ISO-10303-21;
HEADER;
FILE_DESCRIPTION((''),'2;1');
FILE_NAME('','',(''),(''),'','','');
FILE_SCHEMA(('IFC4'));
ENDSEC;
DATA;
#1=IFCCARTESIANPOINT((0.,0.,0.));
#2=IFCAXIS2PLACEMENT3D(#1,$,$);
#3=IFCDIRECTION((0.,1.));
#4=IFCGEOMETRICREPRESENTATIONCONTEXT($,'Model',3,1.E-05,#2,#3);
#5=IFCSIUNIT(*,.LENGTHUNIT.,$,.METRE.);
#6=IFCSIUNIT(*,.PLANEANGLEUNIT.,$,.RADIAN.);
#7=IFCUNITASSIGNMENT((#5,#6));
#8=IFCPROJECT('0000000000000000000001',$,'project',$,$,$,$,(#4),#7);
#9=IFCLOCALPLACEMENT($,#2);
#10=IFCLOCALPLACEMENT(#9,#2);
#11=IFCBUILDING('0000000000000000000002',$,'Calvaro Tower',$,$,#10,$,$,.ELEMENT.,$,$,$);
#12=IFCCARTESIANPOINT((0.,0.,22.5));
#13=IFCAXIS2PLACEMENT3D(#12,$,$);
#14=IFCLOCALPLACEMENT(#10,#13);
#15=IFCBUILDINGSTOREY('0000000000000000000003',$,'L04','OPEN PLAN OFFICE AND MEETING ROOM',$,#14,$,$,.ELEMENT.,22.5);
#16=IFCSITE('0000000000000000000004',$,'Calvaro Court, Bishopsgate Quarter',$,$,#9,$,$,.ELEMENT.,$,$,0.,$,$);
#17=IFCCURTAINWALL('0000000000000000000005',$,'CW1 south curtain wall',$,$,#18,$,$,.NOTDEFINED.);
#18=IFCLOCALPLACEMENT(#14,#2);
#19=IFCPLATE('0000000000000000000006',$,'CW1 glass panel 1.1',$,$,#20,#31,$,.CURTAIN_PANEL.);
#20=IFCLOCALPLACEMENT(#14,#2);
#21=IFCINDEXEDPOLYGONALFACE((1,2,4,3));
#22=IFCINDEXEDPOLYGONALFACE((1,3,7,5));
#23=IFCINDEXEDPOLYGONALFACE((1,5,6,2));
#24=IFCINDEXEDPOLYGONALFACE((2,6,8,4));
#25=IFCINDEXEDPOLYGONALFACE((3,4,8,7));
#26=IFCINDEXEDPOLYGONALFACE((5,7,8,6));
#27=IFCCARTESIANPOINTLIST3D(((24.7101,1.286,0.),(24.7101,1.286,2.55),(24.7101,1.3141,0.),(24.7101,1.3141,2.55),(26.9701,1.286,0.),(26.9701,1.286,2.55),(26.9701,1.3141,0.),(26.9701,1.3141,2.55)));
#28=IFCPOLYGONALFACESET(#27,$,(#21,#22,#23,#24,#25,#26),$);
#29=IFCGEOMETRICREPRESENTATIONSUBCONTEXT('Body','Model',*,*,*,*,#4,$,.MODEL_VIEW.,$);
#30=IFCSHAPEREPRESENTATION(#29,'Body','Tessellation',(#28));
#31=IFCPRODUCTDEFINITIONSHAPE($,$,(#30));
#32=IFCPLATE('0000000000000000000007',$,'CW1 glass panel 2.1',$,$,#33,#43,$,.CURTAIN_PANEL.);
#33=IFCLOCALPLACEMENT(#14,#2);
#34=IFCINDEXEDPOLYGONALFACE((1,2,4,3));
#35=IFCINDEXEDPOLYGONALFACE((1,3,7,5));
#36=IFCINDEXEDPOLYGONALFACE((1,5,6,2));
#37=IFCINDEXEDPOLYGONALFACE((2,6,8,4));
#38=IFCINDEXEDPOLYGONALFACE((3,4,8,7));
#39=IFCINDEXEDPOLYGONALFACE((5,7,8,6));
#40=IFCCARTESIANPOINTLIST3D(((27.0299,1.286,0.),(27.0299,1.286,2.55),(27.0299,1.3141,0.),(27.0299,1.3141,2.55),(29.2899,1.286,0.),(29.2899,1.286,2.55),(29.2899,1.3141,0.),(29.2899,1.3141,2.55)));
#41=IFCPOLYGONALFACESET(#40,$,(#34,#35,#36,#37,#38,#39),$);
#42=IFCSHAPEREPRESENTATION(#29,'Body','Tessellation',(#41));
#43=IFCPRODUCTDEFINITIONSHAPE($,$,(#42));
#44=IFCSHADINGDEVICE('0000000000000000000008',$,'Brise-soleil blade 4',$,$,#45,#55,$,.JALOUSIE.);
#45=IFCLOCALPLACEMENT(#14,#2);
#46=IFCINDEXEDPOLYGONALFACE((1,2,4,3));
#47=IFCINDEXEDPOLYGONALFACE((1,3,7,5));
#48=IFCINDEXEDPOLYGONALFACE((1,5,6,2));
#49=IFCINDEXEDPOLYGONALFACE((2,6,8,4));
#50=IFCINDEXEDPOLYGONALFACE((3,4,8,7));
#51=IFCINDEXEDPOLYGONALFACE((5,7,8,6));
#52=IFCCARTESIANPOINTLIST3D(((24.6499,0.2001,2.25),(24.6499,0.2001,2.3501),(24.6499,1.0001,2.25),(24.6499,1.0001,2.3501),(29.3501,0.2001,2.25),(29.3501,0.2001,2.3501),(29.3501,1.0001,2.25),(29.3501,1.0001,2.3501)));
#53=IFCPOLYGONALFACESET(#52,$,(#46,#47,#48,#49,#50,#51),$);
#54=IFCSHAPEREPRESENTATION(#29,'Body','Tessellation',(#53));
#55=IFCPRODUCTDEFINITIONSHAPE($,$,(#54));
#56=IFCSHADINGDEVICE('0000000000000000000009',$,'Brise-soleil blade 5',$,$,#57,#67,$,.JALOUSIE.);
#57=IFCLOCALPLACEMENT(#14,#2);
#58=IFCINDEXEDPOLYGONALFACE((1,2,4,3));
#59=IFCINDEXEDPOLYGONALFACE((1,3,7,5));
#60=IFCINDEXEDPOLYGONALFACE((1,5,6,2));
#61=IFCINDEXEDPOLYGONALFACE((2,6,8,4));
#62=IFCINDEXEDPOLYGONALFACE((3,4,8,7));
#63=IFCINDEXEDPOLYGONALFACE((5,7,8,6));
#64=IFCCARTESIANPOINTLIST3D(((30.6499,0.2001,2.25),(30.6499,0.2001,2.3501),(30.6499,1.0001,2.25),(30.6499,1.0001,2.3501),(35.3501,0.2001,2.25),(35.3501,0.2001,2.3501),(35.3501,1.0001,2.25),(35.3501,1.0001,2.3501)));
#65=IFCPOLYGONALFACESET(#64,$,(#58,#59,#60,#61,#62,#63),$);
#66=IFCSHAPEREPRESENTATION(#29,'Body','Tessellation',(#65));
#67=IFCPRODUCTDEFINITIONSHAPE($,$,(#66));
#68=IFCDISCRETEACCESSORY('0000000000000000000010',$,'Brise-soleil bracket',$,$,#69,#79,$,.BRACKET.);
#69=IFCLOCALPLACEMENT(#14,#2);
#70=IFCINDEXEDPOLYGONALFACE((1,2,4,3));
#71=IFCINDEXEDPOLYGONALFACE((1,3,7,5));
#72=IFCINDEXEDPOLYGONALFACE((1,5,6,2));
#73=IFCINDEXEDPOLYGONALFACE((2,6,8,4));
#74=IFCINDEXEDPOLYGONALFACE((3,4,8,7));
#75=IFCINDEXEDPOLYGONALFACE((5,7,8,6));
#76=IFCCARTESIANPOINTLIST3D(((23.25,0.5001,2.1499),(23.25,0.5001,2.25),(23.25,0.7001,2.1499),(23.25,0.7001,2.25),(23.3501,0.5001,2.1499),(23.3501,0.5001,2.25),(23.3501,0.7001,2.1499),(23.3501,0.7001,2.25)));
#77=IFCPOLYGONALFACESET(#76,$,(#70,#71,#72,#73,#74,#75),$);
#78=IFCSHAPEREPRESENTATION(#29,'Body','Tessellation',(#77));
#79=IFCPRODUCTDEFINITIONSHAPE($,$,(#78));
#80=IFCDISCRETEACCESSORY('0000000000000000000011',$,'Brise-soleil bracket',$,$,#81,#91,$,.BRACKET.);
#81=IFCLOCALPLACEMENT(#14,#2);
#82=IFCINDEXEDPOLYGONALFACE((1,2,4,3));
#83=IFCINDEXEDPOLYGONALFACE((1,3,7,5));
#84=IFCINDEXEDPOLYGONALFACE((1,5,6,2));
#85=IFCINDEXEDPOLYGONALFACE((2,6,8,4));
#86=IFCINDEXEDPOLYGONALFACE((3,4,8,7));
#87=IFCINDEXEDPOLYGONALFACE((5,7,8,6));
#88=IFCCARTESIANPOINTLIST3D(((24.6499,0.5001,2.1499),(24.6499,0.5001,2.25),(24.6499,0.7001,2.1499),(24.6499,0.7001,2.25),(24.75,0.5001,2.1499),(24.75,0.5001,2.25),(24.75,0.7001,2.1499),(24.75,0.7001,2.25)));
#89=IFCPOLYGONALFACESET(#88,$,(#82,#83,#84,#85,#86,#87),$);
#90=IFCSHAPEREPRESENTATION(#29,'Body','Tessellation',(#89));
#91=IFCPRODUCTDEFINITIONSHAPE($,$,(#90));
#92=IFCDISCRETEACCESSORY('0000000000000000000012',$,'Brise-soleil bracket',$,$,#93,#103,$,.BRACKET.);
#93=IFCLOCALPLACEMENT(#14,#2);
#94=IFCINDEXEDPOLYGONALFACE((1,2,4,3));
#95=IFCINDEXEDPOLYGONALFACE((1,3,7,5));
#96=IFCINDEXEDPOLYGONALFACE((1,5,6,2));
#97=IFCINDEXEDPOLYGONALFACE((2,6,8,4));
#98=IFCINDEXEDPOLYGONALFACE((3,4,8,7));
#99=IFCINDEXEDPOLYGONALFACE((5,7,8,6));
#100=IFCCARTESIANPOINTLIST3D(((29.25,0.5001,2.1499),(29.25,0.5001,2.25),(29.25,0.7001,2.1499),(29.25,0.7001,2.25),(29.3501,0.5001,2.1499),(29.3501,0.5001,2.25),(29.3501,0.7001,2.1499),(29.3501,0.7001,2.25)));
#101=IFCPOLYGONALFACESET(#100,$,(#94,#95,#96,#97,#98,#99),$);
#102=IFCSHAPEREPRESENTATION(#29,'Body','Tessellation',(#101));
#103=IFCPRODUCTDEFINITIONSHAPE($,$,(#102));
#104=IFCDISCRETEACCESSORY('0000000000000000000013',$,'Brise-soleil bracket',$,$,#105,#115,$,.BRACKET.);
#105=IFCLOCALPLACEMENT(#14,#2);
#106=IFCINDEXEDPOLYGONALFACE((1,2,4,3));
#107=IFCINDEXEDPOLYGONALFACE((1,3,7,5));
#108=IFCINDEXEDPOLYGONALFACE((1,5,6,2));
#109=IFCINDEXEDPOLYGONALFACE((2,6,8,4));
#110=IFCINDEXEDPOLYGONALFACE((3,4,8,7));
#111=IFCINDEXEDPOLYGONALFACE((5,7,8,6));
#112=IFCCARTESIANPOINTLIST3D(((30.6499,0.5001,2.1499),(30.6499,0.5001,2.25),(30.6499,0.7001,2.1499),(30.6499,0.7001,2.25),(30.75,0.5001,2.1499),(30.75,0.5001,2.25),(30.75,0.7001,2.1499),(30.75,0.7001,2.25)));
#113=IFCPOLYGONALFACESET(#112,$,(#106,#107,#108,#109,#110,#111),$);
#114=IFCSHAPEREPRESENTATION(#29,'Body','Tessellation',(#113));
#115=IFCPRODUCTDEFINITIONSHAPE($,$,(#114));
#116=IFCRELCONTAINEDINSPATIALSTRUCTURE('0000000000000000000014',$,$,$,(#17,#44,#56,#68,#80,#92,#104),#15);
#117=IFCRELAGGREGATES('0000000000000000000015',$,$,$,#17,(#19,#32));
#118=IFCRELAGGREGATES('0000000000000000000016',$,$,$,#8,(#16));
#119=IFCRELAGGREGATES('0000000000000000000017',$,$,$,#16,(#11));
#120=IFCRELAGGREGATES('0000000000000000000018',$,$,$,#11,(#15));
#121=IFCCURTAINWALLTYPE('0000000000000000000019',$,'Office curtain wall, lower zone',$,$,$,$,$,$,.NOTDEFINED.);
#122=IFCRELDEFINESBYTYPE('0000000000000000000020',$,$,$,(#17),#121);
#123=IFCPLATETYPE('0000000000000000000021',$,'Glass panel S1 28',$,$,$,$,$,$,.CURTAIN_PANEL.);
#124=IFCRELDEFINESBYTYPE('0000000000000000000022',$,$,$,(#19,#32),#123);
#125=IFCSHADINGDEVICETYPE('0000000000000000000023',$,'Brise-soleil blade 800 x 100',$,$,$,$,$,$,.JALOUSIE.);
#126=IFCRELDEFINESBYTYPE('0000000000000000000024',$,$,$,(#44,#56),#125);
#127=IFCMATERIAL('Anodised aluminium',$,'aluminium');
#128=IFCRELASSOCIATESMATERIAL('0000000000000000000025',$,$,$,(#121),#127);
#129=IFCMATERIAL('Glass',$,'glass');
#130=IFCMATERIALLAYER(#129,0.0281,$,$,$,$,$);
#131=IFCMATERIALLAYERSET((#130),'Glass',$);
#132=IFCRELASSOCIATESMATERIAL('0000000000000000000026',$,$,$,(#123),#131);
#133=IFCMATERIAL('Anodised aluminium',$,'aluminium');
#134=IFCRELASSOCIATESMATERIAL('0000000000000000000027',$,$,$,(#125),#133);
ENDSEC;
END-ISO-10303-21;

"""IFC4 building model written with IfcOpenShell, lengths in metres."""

from ifc_helpers import new_model, si_unit, direction, frame, origin, origin_2d, place, context, subcontext, project, spatial, rectangle, extrude, material, layer, layer_set, material_profile, profile_set, type_object, element, aggregate, save


model = new_model("IFC4")

# Units and contexts
model_context = context("Model", 3, precision=1e-05, world=origin(), true_north=direction((0.0, 1.0)))
body_context = subcontext(model_context, "Body", "Model", "MODEL_VIEW")
ifc_project = project(units=[si_unit("LENGTHUNIT", "METRE"), si_unit("PLANEANGLEUNIT", "RADIAN")], contexts=[model_context])

# Site, building, storey
site_placement = place(None, origin())
site = spatial("IfcSite", under=ifc_project, at=site_placement, Name="Calvaro Court, Bishopsgate Quarter", CompositionType="ELEMENT", RefElevation=0.0)
building_placement = place(site_placement, origin())
building = spatial("IfcBuilding", under=site, at=building_placement, Name="Calvaro Tower", CompositionType="ELEMENT")
storey_placement = place(building_placement, frame((0.0, 0.0, 22.5)))
storey = spatial("IfcBuildingStorey", under=building, at=storey_placement, Name="L04", Description="OPEN PLAN OFFICE AND MEETING ROOM", CompositionType="ELEMENT", Elevation=22.5)

# Curtain wall
ifc_material_1 = material(Name="Anodised aluminium", Category="aluminium")
curtain_wall_type = type_object("IfcCurtainWallType", Name="Office curtain wall, lower zone", PredefinedType="NOTDEFINED", material=ifc_material_1)
curtain_wall_1_placement = place(storey_placement, origin())
curtain_wall_1 = element("IfcCurtainWall", 1, at=curtain_wall_1_placement, inside=storey, type_object=curtain_wall_type, Name="CW1 south curtain wall", PredefinedType="NOTDEFINED")

# Plates
ifc_material_2 = material(Name="Glass", Category="glass")
ifc_layer = layer(ifc_material_2, 0.0281)
ifc_layer_set = layer_set([ifc_layer], Name="Glass")
plate_type = type_object("IfcPlateType", Name="Glass panel S1 28", PredefinedType="CURTAIN_PANEL", material=ifc_layer_set)
plate_1_placement = place(storey_placement, frame((25.8401, 1.3, 0.0), z_axis=(0.0, 0.0, 1.0), x_axis=(1.0, 0.0, 0.0)))
plate_1 = element("IfcPlate", 2, at=plate_1_placement, type_object=plate_type, Name="CW1 glass panel 1.1", PredefinedType="CURTAIN_PANEL", context=body_context, shape_type="SweptSolid", body=[
    extrude(rectangle(XDim=2.26, YDim=0.0281, at=origin_2d()), origin(), (0.0, 0.0, 1.0), 2.55),
])
plate_2_placement = place(storey_placement, frame((28.1599, 1.3, 0.0), z_axis=(0.0, 0.0, 1.0), x_axis=(1.0, 0.0, 0.0)))
plate_2 = element("IfcPlate", 3, at=plate_2_placement, type_object=plate_type, Name="CW1 glass panel 2.1", PredefinedType="CURTAIN_PANEL", context=body_context, shape_type="SweptSolid", body=[
    extrude(rectangle(XDim=2.26, YDim=0.0281, at=origin_2d()), origin(), (0.0, 0.0, 1.0), 2.55),
])
aggregate(curtain_wall_1, [plate_1, plate_2])

# Shading devices
ifc_material_3 = material(Name="Anodised aluminium", Category="aluminium")
ifc_material_profile_1 = material_profile(ifc_material_3, rectangle(XDim=0.8, YDim=0.1001, at=origin_2d()), Name="Brise-soleil blade 800 x 100")
ifc_profile_set_1 = profile_set([ifc_material_profile_1], Name="Anodised aluminium")
shading_device_type = type_object("IfcShadingDeviceType", Name="Brise-soleil blade 800 x 100", PredefinedType="JALOUSIE", material=ifc_profile_set_1)
for number, where, z_axis, x_axis, name in (
    (4, (24.6499, 0.6001, 2.3), (1.0, 0.0, 0.0), (0.0, 1.0, 0.0), "Brise-soleil blade 4"),
    (5, (30.6499, 0.6001, 2.3), (1.0, 0.0, 0.0), (0.0, 1.0, 0.0), "Brise-soleil blade 5"),
):
    element("IfcShadingDevice", number, at=place(storey_placement, frame(where, z_axis=z_axis, x_axis=x_axis)), inside=storey, type_object=shading_device_type, Name=name, PredefinedType="JALOUSIE", context=body_context, shape_type="SweptSolid", body=[
        extrude(rectangle(XDim=0.8, YDim=0.1001, at=origin_2d()), origin(), (0.0, 0.0, 1.0), 4.7002),
    ])

# Discrete accessories
for number, where, z_axis, x_axis, name in (
    (6, (23.3, 0.6001, 2.1499), (0.0, 0.0, 1.0), (1.0, 0.0, 0.0), "Brise-soleil bracket"),
    (7, (24.7, 0.6001, 2.1499), (0.0, 0.0, 1.0), (1.0, 0.0, 0.0), "Brise-soleil bracket"),
    (8, (29.3, 0.6001, 2.1499), (0.0, 0.0, 1.0), (1.0, 0.0, 0.0), "Brise-soleil bracket"),
    (9, (30.7, 0.6001, 2.1499), (0.0, 0.0, 1.0), (1.0, 0.0, 0.0), "Brise-soleil bracket"),
):
    element("IfcDiscreteAccessory", number, at=place(storey_placement, frame(where, z_axis=z_axis, x_axis=x_axis)), inside=storey, Name=name, PredefinedType="BRACKET", context=body_context, shape_type="SweptSolid", body=[
        extrude(rectangle(XDim=0.1001, YDim=0.2, at=origin_2d()), origin(), (0.0, 0.0, 1.0), 0.1001),
    ])

save(model, "model.ifc")
